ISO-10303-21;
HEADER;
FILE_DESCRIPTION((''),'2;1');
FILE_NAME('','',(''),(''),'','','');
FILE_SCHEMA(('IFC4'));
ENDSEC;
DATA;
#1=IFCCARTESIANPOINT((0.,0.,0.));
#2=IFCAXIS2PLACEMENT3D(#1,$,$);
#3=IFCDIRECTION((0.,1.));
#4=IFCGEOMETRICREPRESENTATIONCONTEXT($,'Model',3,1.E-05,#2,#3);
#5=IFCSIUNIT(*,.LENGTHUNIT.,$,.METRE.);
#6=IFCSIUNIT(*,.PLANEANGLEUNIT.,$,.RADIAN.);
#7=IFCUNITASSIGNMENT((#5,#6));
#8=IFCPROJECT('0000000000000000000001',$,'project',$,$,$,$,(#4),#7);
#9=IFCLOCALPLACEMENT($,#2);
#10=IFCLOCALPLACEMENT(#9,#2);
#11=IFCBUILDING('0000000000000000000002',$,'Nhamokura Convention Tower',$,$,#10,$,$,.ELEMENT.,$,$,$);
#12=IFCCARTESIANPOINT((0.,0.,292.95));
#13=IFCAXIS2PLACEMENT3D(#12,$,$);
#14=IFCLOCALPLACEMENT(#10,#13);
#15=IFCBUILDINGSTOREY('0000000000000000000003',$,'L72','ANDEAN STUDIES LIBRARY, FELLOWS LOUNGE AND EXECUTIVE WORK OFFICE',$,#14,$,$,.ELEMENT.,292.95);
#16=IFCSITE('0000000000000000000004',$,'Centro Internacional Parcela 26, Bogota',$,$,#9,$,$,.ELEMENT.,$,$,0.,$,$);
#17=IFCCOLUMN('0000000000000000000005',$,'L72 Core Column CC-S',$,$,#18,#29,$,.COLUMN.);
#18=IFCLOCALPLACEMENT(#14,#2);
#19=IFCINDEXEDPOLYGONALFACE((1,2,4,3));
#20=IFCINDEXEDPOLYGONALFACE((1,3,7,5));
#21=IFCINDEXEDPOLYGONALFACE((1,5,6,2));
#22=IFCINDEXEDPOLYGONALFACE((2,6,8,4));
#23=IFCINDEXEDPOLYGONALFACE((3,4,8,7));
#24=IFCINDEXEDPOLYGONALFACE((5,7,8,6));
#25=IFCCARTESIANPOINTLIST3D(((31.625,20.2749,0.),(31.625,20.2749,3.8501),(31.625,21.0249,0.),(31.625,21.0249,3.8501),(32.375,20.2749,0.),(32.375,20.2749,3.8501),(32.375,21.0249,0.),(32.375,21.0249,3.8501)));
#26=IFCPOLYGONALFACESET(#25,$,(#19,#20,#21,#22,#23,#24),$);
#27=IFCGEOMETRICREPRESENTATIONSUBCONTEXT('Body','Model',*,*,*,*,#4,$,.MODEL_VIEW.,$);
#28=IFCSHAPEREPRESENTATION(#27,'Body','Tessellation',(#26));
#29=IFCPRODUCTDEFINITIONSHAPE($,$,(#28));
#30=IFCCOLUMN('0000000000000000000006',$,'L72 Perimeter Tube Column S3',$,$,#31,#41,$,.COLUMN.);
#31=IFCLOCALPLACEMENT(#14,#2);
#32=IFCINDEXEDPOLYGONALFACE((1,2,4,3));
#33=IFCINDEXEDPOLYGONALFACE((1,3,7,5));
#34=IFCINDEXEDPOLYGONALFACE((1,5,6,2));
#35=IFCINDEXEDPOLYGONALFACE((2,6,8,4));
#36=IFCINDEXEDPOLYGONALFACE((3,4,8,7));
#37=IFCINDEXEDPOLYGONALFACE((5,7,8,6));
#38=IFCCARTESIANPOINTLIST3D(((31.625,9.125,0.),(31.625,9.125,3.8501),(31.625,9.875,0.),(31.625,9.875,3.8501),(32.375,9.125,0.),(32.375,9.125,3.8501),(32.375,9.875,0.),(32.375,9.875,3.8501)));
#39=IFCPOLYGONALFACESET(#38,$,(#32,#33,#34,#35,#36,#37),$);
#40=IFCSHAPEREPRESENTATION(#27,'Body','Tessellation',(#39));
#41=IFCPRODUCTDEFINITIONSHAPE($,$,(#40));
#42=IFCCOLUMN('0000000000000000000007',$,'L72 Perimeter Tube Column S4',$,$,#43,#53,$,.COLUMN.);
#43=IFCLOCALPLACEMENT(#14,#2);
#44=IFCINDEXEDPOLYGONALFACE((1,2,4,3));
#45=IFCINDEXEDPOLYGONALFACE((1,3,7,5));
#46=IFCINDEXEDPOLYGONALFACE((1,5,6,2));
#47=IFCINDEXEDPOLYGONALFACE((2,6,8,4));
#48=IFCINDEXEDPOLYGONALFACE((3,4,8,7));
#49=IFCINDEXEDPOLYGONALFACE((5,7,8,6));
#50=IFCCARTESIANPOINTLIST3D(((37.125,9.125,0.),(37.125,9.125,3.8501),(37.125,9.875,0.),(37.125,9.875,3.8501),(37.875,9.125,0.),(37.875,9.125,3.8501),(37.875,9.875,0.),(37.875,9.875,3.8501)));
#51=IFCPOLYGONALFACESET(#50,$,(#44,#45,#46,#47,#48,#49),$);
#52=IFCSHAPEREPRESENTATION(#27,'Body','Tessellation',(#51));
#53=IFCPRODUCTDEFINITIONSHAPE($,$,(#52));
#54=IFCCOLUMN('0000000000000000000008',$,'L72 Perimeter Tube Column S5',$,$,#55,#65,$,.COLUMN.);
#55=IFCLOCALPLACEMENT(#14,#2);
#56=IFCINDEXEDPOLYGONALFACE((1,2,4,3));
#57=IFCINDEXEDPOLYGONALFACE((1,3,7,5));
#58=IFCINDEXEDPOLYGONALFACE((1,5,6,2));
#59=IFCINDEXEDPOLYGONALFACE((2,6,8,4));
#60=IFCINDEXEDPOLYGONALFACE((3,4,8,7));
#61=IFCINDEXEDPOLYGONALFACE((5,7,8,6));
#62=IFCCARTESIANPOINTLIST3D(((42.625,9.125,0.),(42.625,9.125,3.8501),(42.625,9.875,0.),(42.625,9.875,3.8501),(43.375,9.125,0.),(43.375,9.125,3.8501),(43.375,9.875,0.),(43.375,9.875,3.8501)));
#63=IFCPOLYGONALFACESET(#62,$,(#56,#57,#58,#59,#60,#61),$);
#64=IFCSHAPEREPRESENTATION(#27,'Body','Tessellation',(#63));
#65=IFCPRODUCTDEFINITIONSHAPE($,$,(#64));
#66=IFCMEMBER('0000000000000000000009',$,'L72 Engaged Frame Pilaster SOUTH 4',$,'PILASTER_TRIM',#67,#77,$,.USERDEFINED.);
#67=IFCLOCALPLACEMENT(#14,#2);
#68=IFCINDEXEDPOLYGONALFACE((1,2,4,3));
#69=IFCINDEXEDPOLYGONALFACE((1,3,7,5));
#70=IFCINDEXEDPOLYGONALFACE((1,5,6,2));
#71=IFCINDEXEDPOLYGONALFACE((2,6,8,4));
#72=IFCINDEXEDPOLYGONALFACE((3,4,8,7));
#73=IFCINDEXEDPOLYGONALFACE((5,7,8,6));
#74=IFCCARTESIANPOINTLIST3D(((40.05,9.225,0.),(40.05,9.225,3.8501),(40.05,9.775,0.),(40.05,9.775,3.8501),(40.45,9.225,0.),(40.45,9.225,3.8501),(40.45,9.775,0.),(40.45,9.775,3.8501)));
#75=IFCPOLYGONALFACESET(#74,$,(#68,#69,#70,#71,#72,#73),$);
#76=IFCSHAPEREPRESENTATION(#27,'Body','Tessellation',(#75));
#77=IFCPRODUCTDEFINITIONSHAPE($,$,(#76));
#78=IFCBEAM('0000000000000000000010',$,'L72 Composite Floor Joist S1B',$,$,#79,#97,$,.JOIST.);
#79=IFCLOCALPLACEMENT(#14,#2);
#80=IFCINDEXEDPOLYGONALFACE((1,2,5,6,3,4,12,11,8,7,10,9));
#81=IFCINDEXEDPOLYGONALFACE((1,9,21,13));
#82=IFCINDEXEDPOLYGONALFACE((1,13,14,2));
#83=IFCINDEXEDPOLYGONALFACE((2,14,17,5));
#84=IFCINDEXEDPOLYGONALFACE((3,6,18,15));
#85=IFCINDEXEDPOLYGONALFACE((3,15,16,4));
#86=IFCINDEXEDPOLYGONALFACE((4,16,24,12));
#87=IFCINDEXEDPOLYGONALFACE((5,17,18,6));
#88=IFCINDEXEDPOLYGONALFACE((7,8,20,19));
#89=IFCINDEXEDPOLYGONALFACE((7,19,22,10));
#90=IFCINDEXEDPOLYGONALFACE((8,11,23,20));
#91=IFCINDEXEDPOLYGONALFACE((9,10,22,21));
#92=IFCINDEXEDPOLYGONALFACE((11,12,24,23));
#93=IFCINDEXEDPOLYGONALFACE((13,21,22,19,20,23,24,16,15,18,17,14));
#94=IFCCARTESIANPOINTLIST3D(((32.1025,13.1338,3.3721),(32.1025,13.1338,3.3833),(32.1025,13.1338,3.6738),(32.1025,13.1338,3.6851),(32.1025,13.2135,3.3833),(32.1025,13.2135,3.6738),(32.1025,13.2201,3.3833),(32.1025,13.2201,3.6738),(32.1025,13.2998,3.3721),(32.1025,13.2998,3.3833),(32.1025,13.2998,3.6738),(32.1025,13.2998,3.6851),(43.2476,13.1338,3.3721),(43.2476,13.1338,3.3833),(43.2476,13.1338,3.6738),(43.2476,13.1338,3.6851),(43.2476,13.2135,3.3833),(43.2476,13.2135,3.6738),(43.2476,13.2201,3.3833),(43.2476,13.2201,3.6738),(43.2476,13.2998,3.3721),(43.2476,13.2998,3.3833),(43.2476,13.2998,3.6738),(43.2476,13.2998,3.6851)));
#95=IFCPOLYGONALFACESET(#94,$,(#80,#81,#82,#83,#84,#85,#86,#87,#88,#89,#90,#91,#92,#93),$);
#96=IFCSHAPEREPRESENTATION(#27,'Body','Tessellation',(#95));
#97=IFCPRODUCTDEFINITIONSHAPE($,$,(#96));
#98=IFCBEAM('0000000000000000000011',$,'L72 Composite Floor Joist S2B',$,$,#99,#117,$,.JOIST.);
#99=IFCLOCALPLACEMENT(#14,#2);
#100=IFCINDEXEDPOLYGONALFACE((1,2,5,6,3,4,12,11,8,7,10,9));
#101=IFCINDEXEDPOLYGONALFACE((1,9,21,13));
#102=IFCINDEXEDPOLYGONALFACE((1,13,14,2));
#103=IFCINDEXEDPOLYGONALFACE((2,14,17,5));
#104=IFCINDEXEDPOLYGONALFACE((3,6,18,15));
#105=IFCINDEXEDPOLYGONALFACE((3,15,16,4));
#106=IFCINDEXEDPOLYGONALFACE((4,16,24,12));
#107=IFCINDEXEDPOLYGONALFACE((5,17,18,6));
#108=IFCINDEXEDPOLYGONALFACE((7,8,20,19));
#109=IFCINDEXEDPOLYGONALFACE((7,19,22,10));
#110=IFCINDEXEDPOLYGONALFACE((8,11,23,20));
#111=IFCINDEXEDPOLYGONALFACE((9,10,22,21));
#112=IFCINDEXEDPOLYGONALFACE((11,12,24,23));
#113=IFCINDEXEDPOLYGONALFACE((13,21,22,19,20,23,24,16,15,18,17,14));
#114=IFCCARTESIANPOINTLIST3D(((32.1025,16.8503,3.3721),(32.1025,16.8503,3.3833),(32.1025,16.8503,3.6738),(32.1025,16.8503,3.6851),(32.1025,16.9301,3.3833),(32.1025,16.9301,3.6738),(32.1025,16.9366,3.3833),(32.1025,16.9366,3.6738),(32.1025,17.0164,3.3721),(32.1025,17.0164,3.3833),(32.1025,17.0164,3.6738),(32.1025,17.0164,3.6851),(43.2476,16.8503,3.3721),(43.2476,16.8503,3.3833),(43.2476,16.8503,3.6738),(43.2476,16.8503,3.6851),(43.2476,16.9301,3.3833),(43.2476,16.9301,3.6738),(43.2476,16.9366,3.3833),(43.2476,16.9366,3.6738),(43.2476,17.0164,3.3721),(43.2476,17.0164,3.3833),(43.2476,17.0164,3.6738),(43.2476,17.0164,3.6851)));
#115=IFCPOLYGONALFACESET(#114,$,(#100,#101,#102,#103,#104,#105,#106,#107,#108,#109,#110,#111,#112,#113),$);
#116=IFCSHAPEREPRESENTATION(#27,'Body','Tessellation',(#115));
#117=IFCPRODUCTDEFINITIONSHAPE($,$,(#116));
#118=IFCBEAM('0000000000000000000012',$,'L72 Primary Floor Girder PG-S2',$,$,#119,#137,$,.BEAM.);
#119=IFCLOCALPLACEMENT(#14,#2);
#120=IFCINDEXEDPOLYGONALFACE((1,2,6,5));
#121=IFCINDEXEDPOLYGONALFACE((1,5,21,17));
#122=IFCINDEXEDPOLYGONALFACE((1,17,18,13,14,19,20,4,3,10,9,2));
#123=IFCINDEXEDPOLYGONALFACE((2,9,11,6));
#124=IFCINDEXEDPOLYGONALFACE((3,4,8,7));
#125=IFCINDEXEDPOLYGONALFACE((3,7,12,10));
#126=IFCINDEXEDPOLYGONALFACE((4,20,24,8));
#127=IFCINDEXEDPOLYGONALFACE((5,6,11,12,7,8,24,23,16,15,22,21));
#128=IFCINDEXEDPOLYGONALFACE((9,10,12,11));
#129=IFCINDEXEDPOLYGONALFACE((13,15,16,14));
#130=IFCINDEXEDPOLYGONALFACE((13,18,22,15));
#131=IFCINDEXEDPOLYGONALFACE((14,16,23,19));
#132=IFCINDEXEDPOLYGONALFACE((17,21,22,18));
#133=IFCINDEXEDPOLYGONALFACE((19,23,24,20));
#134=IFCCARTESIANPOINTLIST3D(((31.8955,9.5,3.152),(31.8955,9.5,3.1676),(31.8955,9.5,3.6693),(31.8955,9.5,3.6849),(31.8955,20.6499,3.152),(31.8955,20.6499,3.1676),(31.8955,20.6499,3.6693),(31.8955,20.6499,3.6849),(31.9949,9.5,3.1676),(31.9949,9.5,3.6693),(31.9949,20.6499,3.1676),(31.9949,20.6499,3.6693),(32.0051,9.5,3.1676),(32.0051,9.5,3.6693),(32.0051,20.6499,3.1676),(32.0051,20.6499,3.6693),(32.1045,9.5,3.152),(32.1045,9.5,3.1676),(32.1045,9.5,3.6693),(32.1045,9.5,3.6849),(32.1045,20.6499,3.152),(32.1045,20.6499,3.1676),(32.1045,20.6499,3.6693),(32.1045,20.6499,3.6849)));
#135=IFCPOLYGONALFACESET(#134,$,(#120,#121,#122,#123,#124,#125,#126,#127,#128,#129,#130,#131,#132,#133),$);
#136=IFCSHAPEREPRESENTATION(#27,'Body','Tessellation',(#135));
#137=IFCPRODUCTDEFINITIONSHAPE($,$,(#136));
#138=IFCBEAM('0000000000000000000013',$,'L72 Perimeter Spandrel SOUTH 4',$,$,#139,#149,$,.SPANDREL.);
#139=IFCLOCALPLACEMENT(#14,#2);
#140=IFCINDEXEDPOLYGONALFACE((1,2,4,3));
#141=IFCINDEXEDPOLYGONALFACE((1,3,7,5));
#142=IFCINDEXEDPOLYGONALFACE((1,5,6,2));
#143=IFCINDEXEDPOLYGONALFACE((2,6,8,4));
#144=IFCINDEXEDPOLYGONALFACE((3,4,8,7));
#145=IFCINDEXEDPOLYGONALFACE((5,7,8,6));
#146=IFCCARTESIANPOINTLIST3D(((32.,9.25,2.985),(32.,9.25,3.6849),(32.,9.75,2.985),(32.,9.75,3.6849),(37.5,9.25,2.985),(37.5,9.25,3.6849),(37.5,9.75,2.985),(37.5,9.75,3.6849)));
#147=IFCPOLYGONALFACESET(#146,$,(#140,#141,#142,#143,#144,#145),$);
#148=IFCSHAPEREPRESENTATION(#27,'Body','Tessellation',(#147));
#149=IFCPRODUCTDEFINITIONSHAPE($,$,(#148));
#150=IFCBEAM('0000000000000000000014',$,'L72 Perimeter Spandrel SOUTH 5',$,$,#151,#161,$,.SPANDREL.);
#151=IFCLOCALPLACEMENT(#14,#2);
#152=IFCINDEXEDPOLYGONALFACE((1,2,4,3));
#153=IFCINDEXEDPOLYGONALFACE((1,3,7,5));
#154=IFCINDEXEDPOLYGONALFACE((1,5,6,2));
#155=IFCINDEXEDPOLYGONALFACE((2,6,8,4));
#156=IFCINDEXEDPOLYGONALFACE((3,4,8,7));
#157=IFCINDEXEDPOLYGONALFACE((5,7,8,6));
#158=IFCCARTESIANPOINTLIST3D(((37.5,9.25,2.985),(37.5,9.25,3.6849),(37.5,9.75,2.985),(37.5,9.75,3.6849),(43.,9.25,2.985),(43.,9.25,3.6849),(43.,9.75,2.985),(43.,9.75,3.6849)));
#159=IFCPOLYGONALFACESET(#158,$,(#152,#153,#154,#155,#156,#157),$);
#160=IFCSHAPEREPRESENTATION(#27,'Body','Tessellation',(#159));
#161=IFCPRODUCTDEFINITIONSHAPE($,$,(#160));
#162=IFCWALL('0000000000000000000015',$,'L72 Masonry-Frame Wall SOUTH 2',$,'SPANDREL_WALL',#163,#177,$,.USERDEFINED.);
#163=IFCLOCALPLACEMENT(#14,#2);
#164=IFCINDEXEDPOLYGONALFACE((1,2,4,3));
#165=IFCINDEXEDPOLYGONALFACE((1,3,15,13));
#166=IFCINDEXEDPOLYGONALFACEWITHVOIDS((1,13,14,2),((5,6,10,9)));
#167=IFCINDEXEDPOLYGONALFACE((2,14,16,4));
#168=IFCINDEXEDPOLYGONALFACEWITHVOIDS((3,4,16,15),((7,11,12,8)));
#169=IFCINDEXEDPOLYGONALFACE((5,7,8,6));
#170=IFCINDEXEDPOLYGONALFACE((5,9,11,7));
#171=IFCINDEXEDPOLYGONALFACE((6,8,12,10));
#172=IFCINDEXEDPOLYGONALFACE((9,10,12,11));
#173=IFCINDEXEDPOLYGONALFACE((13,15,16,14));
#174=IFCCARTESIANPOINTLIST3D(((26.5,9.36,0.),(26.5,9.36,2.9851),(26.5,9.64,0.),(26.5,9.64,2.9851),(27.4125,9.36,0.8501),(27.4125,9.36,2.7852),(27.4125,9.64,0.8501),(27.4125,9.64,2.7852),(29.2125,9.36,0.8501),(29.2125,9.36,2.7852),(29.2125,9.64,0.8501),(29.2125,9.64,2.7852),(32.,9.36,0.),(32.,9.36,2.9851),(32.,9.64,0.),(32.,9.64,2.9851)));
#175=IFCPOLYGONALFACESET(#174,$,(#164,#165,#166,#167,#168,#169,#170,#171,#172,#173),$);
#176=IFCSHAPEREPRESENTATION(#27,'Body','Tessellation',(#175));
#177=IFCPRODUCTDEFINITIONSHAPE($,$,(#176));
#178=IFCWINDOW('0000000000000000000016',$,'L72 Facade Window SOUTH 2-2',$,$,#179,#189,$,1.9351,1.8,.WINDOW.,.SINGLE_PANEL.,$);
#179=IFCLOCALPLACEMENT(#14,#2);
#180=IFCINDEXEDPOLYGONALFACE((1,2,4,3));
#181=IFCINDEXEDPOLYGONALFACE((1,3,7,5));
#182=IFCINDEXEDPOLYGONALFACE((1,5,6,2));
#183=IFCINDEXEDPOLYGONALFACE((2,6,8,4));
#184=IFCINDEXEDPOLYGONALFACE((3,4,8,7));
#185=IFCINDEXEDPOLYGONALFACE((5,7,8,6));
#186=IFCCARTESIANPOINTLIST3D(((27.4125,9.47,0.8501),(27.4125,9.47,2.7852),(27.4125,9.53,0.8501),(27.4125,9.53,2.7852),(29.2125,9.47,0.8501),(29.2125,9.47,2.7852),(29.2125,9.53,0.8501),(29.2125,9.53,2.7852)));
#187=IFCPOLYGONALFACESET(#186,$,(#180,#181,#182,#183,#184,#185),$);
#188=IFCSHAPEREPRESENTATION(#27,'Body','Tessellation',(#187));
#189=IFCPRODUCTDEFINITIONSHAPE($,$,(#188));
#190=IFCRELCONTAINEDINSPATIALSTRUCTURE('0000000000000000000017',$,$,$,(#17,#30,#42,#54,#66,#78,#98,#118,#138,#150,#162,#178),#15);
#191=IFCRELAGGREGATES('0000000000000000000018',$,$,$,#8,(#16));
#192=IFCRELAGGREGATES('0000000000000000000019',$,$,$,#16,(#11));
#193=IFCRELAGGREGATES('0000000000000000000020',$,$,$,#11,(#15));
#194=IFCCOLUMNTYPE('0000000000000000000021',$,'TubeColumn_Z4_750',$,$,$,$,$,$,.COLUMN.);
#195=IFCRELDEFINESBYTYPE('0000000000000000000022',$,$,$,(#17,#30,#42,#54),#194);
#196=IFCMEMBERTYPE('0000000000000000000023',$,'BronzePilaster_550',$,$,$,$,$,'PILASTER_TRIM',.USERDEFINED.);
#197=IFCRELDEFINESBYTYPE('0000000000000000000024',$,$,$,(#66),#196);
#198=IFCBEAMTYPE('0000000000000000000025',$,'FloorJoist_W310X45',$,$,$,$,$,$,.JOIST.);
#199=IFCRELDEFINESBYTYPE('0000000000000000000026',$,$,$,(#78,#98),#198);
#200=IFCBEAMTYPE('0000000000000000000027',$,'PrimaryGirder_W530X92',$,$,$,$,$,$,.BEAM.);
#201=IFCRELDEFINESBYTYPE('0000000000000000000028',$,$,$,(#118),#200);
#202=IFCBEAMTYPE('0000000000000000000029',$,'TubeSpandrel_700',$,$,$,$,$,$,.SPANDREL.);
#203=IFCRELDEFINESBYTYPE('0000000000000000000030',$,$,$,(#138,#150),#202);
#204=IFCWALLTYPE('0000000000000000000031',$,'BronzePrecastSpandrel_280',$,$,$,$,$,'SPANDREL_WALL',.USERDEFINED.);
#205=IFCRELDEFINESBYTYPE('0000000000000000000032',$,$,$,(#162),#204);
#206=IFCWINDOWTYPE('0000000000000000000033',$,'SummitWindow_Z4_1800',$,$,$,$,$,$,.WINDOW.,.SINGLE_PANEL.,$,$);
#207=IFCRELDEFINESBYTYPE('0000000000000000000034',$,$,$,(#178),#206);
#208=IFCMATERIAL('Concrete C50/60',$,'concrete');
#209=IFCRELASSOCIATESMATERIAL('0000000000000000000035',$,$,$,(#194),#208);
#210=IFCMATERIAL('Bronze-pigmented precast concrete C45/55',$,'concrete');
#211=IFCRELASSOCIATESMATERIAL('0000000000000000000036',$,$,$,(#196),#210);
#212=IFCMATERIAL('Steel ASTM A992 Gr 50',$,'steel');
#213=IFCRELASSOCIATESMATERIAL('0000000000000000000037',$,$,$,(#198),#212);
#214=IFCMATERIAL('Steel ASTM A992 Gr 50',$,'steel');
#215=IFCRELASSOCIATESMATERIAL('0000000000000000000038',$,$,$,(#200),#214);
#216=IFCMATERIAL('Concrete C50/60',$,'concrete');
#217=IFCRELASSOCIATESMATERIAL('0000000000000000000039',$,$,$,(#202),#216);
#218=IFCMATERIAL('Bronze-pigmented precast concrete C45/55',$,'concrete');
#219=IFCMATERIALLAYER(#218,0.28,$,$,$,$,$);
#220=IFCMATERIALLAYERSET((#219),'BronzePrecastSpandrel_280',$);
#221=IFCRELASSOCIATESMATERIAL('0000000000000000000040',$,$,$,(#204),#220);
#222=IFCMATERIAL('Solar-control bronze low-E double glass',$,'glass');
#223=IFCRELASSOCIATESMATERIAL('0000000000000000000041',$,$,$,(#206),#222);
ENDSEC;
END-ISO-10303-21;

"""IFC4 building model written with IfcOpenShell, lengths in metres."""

from ifc_helpers import new_model, si_unit, direction, frame, frame_2d, origin, origin_2d, place, context, subcontext, project, spatial, rectangle, i_section, extrude, material, layer, layer_set, material_profile, profile_set, type_object, element, fill, save


model = new_model("IFC4")

# Units and contexts
model_context = context("Model", 3, precision=1e-05, world=origin(), true_north=direction((0.0, 1.0)))
body_context = subcontext(model_context, "Body", "Model", "MODEL_VIEW")
ifc_project = project(units=[si_unit("LENGTHUNIT", "METRE"), si_unit("PLANEANGLEUNIT", "RADIAN")], contexts=[model_context])

# Site, building, storey
site_placement = place(None, origin())
site = spatial("IfcSite", under=ifc_project, at=site_placement, Name="Centro Internacional Parcela 26, Bogota", CompositionType="ELEMENT", RefElevation=0.0)
building_placement = place(site_placement, origin())
building = spatial("IfcBuilding", under=site, at=building_placement, Name="Nhamokura Convention Tower", CompositionType="ELEMENT")
storey_placement = place(building_placement, frame((0.0, 0.0, 292.95)))
storey = spatial("IfcBuildingStorey", under=building, at=storey_placement, Name="L72", Description="ANDEAN STUDIES LIBRARY, FELLOWS LOUNGE AND EXECUTIVE WORK OFFICE", CompositionType="ELEMENT", Elevation=292.95)

# Columns
ifc_material_1 = material(Name="Concrete C50/60", Category="concrete")
ifc_material_profile_1 = material_profile(ifc_material_1, rectangle(XDim=0.75, YDim=0.75, at=origin_2d()))
ifc_profile_set_1 = profile_set([ifc_material_profile_1], Name="Concrete C50/60")
column_type = type_object("IfcColumnType", Name="TubeColumn_Z4_750", PredefinedType="COLUMN", material=ifc_profile_set_1)
for number, where, z_axis, x_axis, name in (
    (1, (32.0, 20.6499, 0.0), (0.0, 0.0, 1.0), (1.0, 0.0, 0.0), "L72 Core Column CC-S"),
    (2, (32.0, 9.5, 0.0), (0.0, 0.0, 1.0), (1.0, 0.0, 0.0), "L72 Perimeter Tube Column S3"),
    (3, (37.5, 9.5, 0.0), (0.0, 0.0, 1.0), (1.0, 0.0, 0.0), "L72 Perimeter Tube Column S4"),
    (4, (43.0, 9.5, 0.0), (0.0, 0.0, 1.0), (1.0, 0.0, 0.0), "L72 Perimeter Tube Column S5"),
):
    element("IfcColumn", number, at=place(storey_placement, frame(where, z_axis=z_axis, x_axis=x_axis)), inside=storey, type_object=column_type, Name=name, PredefinedType="COLUMN", context=body_context, shape_type="SweptSolid", body=[
        extrude(rectangle(XDim=0.75, YDim=0.75, at=origin_2d()), origin(), (0.0, 0.0, 1.0), 3.8501),
    ])

# Member
ifc_material_2 = material(Name="Bronze-pigmented precast concrete C45/55", Category="concrete")
ifc_material_profile_2 = material_profile(ifc_material_2, rectangle(XDim=0.3999, YDim=0.55, at=origin_2d()))
ifc_profile_set_2 = profile_set([ifc_material_profile_2], Name="Bronze-pigmented precast concrete C45/55")
member_type = type_object("IfcMemberType", Name="BronzePilaster_550", ElementType="PILASTER_TRIM", PredefinedType="USERDEFINED", material=ifc_profile_set_2)
member_placement = place(storey_placement, frame((40.25, 9.5, 0.0), z_axis=(0.0, 0.0, 1.0), x_axis=(1.0, 0.0, 0.0)))
element("IfcMember", 5, at=member_placement, inside=storey, type_object=member_type, Name="L72 Engaged Frame Pilaster SOUTH 4", ObjectType="PILASTER_TRIM", PredefinedType="USERDEFINED", context=body_context, shape_type="SweptSolid", body=[
    extrude(rectangle(XDim=0.3999, YDim=0.55, at=origin_2d()), origin(), (0.0, 0.0, 1.0), 3.8501),
])

# Beams
ifc_material_3 = material(Name="Steel ASTM A992 Gr 50", Category="steel")
ifc_material_profile_3 = material_profile(ifc_material_3, i_section(OverallWidth=0.166, OverallDepth=0.313, WebThickness=0.0066, FlangeThickness=0.0112, at=origin_2d()))
ifc_profile_set_3 = profile_set([ifc_material_profile_3], Name="Steel ASTM A992 Gr 50")
beam_type_1 = type_object("IfcBeamType", Name="FloorJoist_W310X45", PredefinedType="JOIST", material=ifc_profile_set_3)
for number, where, z_axis, x_axis, name in (
    (6, (32.1025, 13.2168, 3.5286), (1.0, 0.0, 0.0), (0.0, 1.0, 0.0), "L72 Composite Floor Joist S1B"),
    (7, (32.1025, 16.9333, 3.5286), (1.0, 0.0, 0.0), (0.0, 1.0, 0.0), "L72 Composite Floor Joist S2B"),
):
    element("IfcBeam", number, at=place(storey_placement, frame(where, z_axis=z_axis, x_axis=x_axis)), inside=storey, type_object=beam_type_1, Name=name, PredefinedType="JOIST", context=body_context, shape_type="SweptSolid", body=[
        extrude(i_section(OverallWidth=0.166, OverallDepth=0.313, WebThickness=0.0066, FlangeThickness=0.0112, at=origin_2d()), origin(), (0.0, 0.0, 1.0), 11.145),
    ])
ifc_material_4 = material(Name="Steel ASTM A992 Gr 50", Category="steel")
ifc_material_profile_4 = material_profile(ifc_material_4, i_section(OverallWidth=0.209, OverallDepth=0.533, WebThickness=0.0103, FlangeThickness=0.0156, at=origin_2d()))
ifc_profile_set_4 = profile_set([ifc_material_profile_4], Name="Steel ASTM A992 Gr 50")
beam_type_2 = type_object("IfcBeamType", Name="PrimaryGirder_W530X92", PredefinedType="BEAM", material=ifc_profile_set_4)
beam_placement = place(storey_placement, frame((32.0, 9.5, 3.4185), z_axis=(0.0, 1.0, 0.0), x_axis=(-1.0, 0.0, 0.0)))
element("IfcBeam", 8, at=beam_placement, inside=storey, type_object=beam_type_2, Name="L72 Primary Floor Girder PG-S2", PredefinedType="BEAM", context=body_context, shape_type="SweptSolid", body=[
    extrude(i_section(OverallWidth=0.209, OverallDepth=0.533, WebThickness=0.0103, FlangeThickness=0.0156, at=origin_2d()), origin(), (0.0, 0.0, 1.0), 11.1499),
])
ifc_material_5 = material(Name="Concrete C50/60", Category="concrete")
ifc_material_profile_5 = material_profile(ifc_material_5, rectangle(XDim=0.5, YDim=0.7, at=origin_2d()))
ifc_profile_set_5 = profile_set([ifc_material_profile_5], Name="Concrete C50/60")
beam_type_3 = type_object("IfcBeamType", Name="TubeSpandrel_700", PredefinedType="SPANDREL", material=ifc_profile_set_5)
for number, where, z_axis, x_axis, name in (
    (9, (32.0, 9.5, 3.335), (1.0, 0.0, 0.0), (0.0, 1.0, 0.0), "L72 Perimeter Spandrel SOUTH 4"),
    (10, (37.5, 9.5, 3.335), (1.0, 0.0, 0.0), (0.0, 1.0, 0.0), "L72 Perimeter Spandrel SOUTH 5"),
):
    element("IfcBeam", number, at=place(storey_placement, frame(where, z_axis=z_axis, x_axis=x_axis)), inside=storey, type_object=beam_type_3, Name=name, PredefinedType="SPANDREL", context=body_context, shape_type="SweptSolid", body=[
        extrude(rectangle(XDim=0.5, YDim=0.7, at=origin_2d()), origin(), (0.0, 0.0, 1.0), 5.5),
    ])

# Wall, opening, window
ifc_material_6 = material(Name="Bronze-pigmented precast concrete C45/55", Category="concrete")
ifc_layer_1 = layer(ifc_material_6, 0.28)
ifc_layer_set_1 = layer_set([ifc_layer_1], Name="BronzePrecastSpandrel_280")
wall_type_1 = type_object("IfcWallType", Name="BronzePrecastSpandrel_280", ElementType="SPANDREL_WALL", PredefinedType="USERDEFINED", material=ifc_layer_set_1)
wall_1_placement = place(storey_placement, frame((32.0, 9.5, 0.0), z_axis=(0.0, 0.0, 1.0), x_axis=(-1.0, 0.0, 0.0)))
wall_1 = element("IfcWall", 11, at=wall_1_placement, inside=storey, type_object=wall_type_1, Name="L72 Masonry-Frame Wall SOUTH 2", ObjectType="SPANDREL_WALL", PredefinedType="USERDEFINED", context=body_context, shape_type="SweptSolid", body=[
    extrude(rectangle(XDim=5.5, YDim=0.28, at=frame_2d((2.75, 0.0))), origin(), (0.0, 0.0, 1.0), 2.9851),
])
opening_1_placement = place(wall_1_placement, frame((2.7876, 0.0, 0.8501)))
opening_1 = element("IfcOpeningElement", 12, at=opening_1_placement, cuts=wall_1, PredefinedType="OPENING", context=body_context, shape_type="SweptSolid", body=[
    extrude(rectangle(XDim=1.8, YDim=1.9351, at=frame_2d((0.8999, 0.9675))), frame((0.0, 0.1499, 0.0), z_axis=(0.0, -1.0, 0.0), x_axis=(1.0, 0.0, 0.0)), (0.0, 0.0, 1.0), 0.3),
])
ifc_material_7 = material(Name="Solar-control bronze low-E double glass", Category="glass")
window_type = type_object("IfcWindowType", Name="SummitWindow_Z4_1800", PartitioningType="SINGLE_PANEL", PredefinedType="WINDOW", material=ifc_material_7)
window_1_placement = place(opening_1_placement, origin())
window_1 = element("IfcWindow", 13, at=window_1_placement, inside=storey, type_object=window_type, Name="L72 Facade Window SOUTH 2-2", OverallHeight=1.9351, OverallWidth=1.8, PartitioningType="SINGLE_PANEL", PredefinedType="WINDOW", context=body_context, shape_type="SweptSolid", body=[
    extrude(rectangle(XDim=1.8, YDim=1.9351, at=frame_2d((0.8999, 0.9675))), frame((0.0, 0.03, 0.0), z_axis=(0.0, -1.0, 0.0), x_axis=(1.0, 0.0, 0.0)), (0.0, 0.0, 1.0), 0.0601),
])
fill(opening_1, window_1)

save(model, "model.ifc")
